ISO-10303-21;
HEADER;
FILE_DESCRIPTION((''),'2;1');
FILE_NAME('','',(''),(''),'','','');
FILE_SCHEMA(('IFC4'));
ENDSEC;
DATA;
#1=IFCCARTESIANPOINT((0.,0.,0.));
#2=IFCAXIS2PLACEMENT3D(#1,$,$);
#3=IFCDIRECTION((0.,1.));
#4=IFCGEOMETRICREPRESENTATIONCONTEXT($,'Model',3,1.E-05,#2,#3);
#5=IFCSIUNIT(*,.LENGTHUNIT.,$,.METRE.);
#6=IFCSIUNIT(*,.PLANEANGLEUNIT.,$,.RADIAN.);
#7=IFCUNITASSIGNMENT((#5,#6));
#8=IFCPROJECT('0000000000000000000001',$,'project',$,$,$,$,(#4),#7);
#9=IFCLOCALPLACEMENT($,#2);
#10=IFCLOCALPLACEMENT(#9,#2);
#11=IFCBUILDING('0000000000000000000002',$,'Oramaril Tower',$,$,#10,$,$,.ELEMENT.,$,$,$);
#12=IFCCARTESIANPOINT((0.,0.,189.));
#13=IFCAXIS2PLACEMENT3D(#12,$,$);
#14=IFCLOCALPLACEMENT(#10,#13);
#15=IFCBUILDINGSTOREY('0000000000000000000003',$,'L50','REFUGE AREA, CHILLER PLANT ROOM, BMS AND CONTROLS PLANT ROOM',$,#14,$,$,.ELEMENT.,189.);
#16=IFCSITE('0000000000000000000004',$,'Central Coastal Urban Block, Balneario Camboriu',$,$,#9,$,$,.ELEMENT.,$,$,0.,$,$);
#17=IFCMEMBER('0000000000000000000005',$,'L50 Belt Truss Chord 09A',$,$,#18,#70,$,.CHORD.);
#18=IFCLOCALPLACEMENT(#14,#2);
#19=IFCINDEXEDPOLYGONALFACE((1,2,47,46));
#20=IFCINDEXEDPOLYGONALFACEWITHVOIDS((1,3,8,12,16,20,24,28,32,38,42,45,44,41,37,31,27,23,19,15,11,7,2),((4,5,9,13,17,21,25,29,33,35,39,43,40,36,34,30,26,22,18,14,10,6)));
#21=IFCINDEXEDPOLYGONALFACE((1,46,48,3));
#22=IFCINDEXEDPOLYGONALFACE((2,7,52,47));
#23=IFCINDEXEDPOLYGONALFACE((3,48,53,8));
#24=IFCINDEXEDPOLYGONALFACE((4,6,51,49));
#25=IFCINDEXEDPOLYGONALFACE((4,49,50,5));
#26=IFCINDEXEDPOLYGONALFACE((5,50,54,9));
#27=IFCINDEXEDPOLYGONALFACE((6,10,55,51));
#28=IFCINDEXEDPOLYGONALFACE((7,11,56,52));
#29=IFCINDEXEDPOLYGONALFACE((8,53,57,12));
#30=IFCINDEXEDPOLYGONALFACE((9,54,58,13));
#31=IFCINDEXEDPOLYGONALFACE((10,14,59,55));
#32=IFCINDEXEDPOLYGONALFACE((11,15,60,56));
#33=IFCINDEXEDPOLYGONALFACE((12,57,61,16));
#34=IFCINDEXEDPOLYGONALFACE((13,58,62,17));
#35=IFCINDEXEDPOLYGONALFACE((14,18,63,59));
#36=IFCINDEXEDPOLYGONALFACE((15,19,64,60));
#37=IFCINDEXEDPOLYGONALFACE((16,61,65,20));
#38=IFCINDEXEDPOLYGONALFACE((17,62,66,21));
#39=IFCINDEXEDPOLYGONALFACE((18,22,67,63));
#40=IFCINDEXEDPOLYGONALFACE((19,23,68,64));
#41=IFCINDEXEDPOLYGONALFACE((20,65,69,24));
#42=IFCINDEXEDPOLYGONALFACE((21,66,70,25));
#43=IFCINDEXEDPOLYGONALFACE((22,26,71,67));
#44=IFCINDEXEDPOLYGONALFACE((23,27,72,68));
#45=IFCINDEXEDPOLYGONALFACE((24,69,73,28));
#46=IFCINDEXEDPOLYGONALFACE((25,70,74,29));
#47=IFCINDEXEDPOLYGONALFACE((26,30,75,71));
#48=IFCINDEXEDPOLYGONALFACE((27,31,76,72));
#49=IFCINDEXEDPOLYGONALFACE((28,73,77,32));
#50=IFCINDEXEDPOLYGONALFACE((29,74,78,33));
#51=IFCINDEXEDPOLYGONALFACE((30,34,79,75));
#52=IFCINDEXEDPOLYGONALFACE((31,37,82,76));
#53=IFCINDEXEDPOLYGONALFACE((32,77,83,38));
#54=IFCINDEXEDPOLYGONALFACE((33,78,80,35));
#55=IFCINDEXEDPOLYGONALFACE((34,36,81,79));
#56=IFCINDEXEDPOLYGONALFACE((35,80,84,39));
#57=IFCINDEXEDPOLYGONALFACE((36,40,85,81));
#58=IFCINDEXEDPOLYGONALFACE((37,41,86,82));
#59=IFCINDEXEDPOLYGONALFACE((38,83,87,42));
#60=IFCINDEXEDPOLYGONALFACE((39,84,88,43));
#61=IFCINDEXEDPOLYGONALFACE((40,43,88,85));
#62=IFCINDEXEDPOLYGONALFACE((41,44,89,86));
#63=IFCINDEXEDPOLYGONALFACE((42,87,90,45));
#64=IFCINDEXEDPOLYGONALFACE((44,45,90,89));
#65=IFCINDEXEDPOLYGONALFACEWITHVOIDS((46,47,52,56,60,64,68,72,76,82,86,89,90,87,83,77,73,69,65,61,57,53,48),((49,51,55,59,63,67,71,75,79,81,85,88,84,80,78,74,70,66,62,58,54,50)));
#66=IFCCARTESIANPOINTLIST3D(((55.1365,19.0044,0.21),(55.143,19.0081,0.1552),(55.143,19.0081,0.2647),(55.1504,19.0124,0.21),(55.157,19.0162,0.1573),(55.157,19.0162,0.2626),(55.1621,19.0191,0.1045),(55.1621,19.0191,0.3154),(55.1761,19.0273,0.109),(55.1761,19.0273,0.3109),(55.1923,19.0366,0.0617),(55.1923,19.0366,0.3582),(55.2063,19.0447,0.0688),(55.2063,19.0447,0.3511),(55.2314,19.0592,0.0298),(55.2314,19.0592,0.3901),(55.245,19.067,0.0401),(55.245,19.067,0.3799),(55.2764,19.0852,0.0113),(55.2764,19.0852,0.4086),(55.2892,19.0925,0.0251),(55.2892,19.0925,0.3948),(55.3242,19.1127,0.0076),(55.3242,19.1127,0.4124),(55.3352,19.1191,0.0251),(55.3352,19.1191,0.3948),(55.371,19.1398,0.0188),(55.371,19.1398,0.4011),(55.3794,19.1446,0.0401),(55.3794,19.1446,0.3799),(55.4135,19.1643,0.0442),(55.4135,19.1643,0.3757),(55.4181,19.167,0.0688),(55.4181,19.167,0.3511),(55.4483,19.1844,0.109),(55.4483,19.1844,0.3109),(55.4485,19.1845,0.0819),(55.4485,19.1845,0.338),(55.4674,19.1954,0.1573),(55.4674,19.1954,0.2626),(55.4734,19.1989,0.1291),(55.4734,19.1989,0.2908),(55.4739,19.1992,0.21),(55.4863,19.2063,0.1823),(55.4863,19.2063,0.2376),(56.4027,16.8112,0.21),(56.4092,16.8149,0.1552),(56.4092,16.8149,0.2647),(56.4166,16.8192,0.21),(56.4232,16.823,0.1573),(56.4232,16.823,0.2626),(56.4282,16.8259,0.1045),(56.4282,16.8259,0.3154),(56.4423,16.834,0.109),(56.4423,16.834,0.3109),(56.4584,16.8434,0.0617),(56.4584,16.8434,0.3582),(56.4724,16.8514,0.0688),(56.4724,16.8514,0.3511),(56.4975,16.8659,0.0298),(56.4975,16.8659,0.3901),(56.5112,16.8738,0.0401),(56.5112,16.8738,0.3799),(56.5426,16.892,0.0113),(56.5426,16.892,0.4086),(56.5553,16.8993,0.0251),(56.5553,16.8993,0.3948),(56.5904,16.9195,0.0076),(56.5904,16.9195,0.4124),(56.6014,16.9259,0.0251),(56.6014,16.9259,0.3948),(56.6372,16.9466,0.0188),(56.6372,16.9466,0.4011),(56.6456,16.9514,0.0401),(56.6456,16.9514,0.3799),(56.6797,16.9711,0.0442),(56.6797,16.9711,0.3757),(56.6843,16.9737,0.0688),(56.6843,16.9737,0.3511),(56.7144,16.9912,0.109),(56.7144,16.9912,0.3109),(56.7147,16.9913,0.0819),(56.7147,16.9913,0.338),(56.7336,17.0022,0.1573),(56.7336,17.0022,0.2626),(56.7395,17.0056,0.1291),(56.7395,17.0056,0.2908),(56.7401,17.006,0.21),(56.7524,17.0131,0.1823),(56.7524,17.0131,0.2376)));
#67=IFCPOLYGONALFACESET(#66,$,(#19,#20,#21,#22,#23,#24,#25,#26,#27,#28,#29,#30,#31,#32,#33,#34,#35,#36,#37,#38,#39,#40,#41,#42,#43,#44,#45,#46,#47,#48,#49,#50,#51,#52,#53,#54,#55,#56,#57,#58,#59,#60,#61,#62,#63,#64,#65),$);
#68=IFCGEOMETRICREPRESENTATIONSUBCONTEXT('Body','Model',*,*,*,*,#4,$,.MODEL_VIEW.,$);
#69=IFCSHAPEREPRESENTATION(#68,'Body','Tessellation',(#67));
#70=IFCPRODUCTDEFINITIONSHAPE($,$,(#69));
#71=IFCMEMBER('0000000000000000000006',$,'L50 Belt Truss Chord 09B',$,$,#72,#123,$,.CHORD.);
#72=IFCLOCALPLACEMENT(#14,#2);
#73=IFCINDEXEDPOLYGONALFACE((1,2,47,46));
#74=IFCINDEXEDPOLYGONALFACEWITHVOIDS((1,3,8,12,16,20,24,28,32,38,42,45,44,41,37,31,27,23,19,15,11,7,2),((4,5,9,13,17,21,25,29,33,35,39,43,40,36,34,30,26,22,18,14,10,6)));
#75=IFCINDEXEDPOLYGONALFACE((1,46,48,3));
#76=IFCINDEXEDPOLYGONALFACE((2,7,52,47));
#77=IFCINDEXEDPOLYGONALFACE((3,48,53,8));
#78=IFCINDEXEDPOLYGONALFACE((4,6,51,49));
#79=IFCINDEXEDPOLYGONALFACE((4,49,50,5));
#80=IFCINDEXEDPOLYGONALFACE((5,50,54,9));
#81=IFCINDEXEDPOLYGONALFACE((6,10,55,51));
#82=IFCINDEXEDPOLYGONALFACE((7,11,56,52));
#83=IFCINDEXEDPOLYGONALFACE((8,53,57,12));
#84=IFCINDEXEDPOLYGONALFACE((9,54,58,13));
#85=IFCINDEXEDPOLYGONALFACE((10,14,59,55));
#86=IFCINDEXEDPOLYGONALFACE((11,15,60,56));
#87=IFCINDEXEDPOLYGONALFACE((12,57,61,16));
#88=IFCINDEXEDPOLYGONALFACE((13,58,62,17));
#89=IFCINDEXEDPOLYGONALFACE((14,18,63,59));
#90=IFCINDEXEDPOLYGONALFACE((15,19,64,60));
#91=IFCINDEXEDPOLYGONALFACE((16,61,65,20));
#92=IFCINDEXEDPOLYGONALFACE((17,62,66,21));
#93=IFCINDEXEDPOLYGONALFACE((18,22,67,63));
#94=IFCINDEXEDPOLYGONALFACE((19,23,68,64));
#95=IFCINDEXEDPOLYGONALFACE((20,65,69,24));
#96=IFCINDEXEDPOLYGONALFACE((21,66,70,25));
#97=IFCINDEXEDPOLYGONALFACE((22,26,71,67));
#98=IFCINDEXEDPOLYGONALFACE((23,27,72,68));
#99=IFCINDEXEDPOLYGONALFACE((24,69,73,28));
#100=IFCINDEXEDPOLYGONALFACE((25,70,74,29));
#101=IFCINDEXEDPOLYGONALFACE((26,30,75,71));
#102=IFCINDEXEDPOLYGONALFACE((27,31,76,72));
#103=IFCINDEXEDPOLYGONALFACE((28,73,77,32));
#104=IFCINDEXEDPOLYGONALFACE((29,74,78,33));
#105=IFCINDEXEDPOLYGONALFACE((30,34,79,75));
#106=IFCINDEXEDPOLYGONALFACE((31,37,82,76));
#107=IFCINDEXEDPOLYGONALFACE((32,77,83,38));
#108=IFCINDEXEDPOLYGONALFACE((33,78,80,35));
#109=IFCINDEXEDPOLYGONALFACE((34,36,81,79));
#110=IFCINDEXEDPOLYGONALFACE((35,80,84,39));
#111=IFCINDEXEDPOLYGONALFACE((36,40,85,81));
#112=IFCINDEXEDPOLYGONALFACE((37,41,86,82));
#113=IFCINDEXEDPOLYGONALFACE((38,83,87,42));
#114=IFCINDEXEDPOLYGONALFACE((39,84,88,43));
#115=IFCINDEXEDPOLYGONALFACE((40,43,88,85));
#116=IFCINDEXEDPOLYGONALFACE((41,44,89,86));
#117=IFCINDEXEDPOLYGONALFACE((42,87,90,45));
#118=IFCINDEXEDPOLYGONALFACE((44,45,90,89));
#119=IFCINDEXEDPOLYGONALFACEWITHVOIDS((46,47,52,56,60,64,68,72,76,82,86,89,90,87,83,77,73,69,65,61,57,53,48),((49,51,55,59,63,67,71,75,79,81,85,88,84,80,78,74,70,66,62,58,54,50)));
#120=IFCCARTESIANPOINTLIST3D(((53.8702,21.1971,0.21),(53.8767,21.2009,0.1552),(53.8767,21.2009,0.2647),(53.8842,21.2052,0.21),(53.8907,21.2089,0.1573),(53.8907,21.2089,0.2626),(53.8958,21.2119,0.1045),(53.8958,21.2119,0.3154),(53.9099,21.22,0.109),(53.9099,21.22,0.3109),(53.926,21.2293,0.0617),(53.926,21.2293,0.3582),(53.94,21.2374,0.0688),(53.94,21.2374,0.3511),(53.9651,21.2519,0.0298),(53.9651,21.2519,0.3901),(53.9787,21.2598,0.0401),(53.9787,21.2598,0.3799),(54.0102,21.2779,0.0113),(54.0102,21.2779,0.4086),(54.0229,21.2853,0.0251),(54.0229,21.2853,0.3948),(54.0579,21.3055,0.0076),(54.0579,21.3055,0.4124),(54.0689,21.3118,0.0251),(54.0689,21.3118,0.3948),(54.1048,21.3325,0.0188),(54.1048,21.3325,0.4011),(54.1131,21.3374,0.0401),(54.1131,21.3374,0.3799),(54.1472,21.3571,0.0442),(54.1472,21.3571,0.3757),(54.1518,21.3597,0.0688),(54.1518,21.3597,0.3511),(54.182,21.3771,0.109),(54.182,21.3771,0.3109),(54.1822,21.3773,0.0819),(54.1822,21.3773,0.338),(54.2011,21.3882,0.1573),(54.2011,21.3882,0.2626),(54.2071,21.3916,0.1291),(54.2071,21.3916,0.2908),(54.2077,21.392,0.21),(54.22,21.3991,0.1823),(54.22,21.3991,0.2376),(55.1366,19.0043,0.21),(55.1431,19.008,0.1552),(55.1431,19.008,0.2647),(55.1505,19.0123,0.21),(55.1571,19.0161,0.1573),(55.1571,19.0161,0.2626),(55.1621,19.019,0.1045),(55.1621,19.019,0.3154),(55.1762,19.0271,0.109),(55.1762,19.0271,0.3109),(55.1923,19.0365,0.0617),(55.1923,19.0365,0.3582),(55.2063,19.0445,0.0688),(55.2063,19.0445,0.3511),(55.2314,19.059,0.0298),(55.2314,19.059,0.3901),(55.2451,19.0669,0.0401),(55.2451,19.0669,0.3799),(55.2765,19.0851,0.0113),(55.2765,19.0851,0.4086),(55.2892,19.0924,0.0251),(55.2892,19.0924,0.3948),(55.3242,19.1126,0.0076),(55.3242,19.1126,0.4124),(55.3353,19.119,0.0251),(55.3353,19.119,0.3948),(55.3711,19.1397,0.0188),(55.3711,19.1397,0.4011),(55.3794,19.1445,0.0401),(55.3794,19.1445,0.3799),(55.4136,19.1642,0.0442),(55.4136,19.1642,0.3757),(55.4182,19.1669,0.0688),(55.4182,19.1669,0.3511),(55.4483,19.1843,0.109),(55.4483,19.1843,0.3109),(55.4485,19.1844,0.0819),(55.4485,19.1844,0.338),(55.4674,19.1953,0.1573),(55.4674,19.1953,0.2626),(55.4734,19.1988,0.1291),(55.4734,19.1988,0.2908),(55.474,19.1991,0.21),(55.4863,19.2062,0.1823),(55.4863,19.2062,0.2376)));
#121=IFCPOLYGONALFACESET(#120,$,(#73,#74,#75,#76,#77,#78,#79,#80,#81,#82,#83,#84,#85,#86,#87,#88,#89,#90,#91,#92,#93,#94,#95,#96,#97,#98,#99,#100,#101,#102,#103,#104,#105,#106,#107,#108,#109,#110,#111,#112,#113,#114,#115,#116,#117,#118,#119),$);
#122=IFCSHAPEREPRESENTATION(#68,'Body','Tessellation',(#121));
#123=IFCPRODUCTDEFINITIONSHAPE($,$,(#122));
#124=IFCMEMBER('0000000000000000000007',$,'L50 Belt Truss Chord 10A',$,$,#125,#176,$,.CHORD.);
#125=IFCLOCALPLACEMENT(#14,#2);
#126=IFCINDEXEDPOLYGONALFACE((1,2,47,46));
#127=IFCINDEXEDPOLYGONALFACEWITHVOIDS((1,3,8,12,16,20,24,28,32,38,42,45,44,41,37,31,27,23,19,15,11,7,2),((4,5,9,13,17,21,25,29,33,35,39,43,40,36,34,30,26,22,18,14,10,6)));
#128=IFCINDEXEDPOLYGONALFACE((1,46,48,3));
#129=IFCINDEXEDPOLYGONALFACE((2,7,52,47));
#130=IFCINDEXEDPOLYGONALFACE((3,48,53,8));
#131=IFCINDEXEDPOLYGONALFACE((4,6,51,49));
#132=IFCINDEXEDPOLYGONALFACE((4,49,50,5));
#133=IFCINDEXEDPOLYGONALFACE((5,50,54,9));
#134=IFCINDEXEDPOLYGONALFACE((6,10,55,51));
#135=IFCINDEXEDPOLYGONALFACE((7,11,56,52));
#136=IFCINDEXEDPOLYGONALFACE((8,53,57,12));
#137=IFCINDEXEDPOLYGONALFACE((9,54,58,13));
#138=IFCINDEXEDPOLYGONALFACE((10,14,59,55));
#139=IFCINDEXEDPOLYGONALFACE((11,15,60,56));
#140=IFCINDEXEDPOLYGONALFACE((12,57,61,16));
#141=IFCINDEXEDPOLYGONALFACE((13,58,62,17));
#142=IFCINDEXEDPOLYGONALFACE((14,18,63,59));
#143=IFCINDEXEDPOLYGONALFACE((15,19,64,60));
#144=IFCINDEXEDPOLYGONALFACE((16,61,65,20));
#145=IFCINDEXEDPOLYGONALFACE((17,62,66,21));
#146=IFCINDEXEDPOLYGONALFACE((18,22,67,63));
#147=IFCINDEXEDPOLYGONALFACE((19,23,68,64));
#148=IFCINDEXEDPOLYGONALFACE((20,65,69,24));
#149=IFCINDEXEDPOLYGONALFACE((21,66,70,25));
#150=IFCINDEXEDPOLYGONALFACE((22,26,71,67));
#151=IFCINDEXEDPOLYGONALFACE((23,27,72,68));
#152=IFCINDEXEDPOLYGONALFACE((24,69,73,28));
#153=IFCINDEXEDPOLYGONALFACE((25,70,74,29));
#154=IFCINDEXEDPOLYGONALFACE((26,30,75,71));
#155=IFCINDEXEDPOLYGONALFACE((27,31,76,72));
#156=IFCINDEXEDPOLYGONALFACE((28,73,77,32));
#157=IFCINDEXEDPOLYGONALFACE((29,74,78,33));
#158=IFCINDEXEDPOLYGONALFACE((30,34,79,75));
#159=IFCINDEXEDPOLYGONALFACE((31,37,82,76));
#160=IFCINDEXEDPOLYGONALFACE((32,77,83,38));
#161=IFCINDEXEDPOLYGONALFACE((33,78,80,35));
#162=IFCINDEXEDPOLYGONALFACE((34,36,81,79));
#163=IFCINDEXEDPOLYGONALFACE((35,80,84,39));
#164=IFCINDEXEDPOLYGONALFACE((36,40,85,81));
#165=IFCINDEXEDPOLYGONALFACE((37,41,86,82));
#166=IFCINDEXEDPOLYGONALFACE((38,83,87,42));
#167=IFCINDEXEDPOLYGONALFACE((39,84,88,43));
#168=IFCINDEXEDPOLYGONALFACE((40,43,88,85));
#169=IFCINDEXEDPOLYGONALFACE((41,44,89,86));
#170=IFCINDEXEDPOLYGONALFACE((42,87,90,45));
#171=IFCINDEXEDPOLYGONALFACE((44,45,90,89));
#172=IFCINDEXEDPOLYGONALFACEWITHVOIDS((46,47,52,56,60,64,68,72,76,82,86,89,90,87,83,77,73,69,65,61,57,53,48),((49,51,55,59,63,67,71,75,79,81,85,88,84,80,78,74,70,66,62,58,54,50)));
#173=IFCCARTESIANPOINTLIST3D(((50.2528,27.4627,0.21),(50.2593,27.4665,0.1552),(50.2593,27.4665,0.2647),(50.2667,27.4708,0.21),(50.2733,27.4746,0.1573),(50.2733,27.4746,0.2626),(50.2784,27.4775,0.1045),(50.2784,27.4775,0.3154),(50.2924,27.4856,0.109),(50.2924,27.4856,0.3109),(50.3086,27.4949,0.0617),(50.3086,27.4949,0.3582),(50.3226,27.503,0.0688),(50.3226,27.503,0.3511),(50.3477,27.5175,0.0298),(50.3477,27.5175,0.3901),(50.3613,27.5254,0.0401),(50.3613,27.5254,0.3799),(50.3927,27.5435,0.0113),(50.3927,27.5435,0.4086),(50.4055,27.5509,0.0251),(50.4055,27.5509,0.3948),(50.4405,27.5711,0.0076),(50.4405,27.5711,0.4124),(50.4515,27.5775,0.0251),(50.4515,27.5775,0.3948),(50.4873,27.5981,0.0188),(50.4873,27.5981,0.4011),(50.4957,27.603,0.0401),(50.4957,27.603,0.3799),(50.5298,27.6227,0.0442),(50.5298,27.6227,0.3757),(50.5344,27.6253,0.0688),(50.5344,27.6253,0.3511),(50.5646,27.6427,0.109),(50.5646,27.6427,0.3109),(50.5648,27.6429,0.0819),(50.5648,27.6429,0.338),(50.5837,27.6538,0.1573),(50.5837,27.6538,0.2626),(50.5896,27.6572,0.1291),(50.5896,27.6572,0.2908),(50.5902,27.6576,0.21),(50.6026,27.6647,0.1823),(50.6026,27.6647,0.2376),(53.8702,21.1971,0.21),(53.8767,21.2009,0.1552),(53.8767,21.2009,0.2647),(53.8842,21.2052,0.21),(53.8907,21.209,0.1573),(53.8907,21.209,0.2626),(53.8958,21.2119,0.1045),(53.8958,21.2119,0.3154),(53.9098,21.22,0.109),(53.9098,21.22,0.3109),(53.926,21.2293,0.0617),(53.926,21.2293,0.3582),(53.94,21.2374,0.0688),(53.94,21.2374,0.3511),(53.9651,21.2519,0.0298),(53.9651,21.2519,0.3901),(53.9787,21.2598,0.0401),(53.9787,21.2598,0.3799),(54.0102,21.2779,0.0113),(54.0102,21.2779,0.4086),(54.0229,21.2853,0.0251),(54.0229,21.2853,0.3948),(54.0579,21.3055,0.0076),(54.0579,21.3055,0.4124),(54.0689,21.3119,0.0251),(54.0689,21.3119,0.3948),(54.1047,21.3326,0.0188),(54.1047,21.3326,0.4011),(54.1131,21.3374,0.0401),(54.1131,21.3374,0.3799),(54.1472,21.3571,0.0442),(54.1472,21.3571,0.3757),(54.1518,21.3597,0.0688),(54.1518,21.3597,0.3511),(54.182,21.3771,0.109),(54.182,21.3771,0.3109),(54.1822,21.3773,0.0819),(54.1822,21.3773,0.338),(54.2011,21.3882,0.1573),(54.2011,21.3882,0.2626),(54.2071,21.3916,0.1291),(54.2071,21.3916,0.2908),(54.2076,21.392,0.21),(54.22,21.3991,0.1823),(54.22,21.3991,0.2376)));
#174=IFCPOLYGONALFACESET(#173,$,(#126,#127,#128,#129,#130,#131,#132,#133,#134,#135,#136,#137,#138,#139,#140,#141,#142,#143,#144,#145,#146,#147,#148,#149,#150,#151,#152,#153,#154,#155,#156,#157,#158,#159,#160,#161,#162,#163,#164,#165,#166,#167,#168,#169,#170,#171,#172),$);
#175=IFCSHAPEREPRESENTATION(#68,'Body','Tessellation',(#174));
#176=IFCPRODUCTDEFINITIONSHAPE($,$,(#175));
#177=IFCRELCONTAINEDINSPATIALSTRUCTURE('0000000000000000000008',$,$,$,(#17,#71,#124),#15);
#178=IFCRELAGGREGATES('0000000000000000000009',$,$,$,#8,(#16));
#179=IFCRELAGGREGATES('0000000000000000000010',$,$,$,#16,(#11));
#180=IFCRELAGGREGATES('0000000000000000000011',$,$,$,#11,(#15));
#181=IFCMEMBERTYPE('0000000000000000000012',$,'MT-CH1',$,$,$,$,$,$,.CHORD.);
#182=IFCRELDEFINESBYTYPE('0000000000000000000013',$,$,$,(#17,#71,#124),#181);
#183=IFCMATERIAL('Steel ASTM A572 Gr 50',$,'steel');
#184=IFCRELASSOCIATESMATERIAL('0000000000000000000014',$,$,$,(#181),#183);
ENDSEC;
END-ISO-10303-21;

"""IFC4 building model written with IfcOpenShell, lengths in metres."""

from ifc_helpers import new_model, si_unit, direction, frame, origin, origin_2d, place, context, subcontext, project, spatial, hollow_circle, extrude, material, material_profile, profile_set, type_object, element, save


model = new_model("IFC4")

# Units and contexts
model_context = context("Model", 3, precision=1e-05, world=origin(), true_north=direction((0.0, 1.0)))
body_context = subcontext(model_context, "Body", "Model", "MODEL_VIEW")
ifc_project = project(units=[si_unit("LENGTHUNIT", "METRE"), si_unit("PLANEANGLEUNIT", "RADIAN")], contexts=[model_context])

# Site, building, storey
site_placement = place(None, origin())
site = spatial("IfcSite", under=ifc_project, at=site_placement, Name="Central Coastal Urban Block, Balneario Camboriu", CompositionType="ELEMENT", RefElevation=0.0)
building_placement = place(site_placement, origin())
building = spatial("IfcBuilding", under=site, at=building_placement, Name="Oramaril Tower", CompositionType="ELEMENT")
storey_placement = place(building_placement, frame((0.0, 0.0, 189.0)))
storey = spatial("IfcBuildingStorey", under=building, at=storey_placement, Name="L50", Description="REFUGE AREA, CHILLER PLANT ROOM, BMS AND CONTROLS PLANT ROOM", CompositionType="ELEMENT", Elevation=189.0)

# Members
ifc_material_1 = material(Name="Steel ASTM A572 Gr 50", Category="steel")
ifc_material_profile_1 = material_profile(ifc_material_1, hollow_circle(Radius=0.2029, WallThickness=0.0161, at=origin_2d()), Name="CHS406X16")
ifc_profile_set_1 = profile_set([ifc_material_profile_1], Name="Steel ASTM A572 Gr 50")
member_type_1 = type_object("IfcMemberType", Name="MT-CH1", PredefinedType="CHORD", material=ifc_profile_set_1)
member_1_placement = place(storey_placement, frame((56.5784, 16.9126, 0.21), z_axis=(-0.499976, 0.866039, 0.0), x_axis=(-0.866039, -0.499976, 0.0)))
element("IfcMember", 1, at=member_1_placement, inside=storey, type_object=member_type_1, Name="L50 Belt Truss Chord 09A", PredefinedType="CHORD", context=body_context, shape_type="SweptSolid", body=[
    extrude(hollow_circle(Radius=0.2029, WallThickness=0.0161, at=origin_2d()), origin(), (0.0, 0.0, 1.0), 2.5325),
])
member_2_placement = place(storey_placement, frame((55.3123, 19.1057, 0.21), z_axis=(-0.50009, 0.865974, 0.0), x_axis=(-0.865974, -0.50009, 0.0)))
element("IfcMember", 2, at=member_2_placement, inside=storey, type_object=member_type_1, Name="L50 Belt Truss Chord 09B", PredefinedType="CHORD", context=body_context, shape_type="SweptSolid", body=[
    extrude(hollow_circle(Radius=0.2029, WallThickness=0.0161, at=origin_2d()), origin(), (0.0, 0.0, 1.0), 2.5322),
])
member_3_placement = place(storey_placement, frame((54.0459, 21.2986, 0.21), z_axis=(-0.499997, 0.866027, 0.0), x_axis=(-0.866027, -0.499997, 0.0)))
element("IfcMember", 3, at=member_3_placement, inside=storey, type_object=member_type_1, Name="L50 Belt Truss Chord 10A", PredefinedType="CHORD", context=body_context, shape_type="SweptSolid", body=[
    extrude(hollow_circle(Radius=0.2029, WallThickness=0.0161, at=origin_2d()), origin(), (0.0, 0.0, 1.0), 7.2349),
])

save(model, "model.ifc")
